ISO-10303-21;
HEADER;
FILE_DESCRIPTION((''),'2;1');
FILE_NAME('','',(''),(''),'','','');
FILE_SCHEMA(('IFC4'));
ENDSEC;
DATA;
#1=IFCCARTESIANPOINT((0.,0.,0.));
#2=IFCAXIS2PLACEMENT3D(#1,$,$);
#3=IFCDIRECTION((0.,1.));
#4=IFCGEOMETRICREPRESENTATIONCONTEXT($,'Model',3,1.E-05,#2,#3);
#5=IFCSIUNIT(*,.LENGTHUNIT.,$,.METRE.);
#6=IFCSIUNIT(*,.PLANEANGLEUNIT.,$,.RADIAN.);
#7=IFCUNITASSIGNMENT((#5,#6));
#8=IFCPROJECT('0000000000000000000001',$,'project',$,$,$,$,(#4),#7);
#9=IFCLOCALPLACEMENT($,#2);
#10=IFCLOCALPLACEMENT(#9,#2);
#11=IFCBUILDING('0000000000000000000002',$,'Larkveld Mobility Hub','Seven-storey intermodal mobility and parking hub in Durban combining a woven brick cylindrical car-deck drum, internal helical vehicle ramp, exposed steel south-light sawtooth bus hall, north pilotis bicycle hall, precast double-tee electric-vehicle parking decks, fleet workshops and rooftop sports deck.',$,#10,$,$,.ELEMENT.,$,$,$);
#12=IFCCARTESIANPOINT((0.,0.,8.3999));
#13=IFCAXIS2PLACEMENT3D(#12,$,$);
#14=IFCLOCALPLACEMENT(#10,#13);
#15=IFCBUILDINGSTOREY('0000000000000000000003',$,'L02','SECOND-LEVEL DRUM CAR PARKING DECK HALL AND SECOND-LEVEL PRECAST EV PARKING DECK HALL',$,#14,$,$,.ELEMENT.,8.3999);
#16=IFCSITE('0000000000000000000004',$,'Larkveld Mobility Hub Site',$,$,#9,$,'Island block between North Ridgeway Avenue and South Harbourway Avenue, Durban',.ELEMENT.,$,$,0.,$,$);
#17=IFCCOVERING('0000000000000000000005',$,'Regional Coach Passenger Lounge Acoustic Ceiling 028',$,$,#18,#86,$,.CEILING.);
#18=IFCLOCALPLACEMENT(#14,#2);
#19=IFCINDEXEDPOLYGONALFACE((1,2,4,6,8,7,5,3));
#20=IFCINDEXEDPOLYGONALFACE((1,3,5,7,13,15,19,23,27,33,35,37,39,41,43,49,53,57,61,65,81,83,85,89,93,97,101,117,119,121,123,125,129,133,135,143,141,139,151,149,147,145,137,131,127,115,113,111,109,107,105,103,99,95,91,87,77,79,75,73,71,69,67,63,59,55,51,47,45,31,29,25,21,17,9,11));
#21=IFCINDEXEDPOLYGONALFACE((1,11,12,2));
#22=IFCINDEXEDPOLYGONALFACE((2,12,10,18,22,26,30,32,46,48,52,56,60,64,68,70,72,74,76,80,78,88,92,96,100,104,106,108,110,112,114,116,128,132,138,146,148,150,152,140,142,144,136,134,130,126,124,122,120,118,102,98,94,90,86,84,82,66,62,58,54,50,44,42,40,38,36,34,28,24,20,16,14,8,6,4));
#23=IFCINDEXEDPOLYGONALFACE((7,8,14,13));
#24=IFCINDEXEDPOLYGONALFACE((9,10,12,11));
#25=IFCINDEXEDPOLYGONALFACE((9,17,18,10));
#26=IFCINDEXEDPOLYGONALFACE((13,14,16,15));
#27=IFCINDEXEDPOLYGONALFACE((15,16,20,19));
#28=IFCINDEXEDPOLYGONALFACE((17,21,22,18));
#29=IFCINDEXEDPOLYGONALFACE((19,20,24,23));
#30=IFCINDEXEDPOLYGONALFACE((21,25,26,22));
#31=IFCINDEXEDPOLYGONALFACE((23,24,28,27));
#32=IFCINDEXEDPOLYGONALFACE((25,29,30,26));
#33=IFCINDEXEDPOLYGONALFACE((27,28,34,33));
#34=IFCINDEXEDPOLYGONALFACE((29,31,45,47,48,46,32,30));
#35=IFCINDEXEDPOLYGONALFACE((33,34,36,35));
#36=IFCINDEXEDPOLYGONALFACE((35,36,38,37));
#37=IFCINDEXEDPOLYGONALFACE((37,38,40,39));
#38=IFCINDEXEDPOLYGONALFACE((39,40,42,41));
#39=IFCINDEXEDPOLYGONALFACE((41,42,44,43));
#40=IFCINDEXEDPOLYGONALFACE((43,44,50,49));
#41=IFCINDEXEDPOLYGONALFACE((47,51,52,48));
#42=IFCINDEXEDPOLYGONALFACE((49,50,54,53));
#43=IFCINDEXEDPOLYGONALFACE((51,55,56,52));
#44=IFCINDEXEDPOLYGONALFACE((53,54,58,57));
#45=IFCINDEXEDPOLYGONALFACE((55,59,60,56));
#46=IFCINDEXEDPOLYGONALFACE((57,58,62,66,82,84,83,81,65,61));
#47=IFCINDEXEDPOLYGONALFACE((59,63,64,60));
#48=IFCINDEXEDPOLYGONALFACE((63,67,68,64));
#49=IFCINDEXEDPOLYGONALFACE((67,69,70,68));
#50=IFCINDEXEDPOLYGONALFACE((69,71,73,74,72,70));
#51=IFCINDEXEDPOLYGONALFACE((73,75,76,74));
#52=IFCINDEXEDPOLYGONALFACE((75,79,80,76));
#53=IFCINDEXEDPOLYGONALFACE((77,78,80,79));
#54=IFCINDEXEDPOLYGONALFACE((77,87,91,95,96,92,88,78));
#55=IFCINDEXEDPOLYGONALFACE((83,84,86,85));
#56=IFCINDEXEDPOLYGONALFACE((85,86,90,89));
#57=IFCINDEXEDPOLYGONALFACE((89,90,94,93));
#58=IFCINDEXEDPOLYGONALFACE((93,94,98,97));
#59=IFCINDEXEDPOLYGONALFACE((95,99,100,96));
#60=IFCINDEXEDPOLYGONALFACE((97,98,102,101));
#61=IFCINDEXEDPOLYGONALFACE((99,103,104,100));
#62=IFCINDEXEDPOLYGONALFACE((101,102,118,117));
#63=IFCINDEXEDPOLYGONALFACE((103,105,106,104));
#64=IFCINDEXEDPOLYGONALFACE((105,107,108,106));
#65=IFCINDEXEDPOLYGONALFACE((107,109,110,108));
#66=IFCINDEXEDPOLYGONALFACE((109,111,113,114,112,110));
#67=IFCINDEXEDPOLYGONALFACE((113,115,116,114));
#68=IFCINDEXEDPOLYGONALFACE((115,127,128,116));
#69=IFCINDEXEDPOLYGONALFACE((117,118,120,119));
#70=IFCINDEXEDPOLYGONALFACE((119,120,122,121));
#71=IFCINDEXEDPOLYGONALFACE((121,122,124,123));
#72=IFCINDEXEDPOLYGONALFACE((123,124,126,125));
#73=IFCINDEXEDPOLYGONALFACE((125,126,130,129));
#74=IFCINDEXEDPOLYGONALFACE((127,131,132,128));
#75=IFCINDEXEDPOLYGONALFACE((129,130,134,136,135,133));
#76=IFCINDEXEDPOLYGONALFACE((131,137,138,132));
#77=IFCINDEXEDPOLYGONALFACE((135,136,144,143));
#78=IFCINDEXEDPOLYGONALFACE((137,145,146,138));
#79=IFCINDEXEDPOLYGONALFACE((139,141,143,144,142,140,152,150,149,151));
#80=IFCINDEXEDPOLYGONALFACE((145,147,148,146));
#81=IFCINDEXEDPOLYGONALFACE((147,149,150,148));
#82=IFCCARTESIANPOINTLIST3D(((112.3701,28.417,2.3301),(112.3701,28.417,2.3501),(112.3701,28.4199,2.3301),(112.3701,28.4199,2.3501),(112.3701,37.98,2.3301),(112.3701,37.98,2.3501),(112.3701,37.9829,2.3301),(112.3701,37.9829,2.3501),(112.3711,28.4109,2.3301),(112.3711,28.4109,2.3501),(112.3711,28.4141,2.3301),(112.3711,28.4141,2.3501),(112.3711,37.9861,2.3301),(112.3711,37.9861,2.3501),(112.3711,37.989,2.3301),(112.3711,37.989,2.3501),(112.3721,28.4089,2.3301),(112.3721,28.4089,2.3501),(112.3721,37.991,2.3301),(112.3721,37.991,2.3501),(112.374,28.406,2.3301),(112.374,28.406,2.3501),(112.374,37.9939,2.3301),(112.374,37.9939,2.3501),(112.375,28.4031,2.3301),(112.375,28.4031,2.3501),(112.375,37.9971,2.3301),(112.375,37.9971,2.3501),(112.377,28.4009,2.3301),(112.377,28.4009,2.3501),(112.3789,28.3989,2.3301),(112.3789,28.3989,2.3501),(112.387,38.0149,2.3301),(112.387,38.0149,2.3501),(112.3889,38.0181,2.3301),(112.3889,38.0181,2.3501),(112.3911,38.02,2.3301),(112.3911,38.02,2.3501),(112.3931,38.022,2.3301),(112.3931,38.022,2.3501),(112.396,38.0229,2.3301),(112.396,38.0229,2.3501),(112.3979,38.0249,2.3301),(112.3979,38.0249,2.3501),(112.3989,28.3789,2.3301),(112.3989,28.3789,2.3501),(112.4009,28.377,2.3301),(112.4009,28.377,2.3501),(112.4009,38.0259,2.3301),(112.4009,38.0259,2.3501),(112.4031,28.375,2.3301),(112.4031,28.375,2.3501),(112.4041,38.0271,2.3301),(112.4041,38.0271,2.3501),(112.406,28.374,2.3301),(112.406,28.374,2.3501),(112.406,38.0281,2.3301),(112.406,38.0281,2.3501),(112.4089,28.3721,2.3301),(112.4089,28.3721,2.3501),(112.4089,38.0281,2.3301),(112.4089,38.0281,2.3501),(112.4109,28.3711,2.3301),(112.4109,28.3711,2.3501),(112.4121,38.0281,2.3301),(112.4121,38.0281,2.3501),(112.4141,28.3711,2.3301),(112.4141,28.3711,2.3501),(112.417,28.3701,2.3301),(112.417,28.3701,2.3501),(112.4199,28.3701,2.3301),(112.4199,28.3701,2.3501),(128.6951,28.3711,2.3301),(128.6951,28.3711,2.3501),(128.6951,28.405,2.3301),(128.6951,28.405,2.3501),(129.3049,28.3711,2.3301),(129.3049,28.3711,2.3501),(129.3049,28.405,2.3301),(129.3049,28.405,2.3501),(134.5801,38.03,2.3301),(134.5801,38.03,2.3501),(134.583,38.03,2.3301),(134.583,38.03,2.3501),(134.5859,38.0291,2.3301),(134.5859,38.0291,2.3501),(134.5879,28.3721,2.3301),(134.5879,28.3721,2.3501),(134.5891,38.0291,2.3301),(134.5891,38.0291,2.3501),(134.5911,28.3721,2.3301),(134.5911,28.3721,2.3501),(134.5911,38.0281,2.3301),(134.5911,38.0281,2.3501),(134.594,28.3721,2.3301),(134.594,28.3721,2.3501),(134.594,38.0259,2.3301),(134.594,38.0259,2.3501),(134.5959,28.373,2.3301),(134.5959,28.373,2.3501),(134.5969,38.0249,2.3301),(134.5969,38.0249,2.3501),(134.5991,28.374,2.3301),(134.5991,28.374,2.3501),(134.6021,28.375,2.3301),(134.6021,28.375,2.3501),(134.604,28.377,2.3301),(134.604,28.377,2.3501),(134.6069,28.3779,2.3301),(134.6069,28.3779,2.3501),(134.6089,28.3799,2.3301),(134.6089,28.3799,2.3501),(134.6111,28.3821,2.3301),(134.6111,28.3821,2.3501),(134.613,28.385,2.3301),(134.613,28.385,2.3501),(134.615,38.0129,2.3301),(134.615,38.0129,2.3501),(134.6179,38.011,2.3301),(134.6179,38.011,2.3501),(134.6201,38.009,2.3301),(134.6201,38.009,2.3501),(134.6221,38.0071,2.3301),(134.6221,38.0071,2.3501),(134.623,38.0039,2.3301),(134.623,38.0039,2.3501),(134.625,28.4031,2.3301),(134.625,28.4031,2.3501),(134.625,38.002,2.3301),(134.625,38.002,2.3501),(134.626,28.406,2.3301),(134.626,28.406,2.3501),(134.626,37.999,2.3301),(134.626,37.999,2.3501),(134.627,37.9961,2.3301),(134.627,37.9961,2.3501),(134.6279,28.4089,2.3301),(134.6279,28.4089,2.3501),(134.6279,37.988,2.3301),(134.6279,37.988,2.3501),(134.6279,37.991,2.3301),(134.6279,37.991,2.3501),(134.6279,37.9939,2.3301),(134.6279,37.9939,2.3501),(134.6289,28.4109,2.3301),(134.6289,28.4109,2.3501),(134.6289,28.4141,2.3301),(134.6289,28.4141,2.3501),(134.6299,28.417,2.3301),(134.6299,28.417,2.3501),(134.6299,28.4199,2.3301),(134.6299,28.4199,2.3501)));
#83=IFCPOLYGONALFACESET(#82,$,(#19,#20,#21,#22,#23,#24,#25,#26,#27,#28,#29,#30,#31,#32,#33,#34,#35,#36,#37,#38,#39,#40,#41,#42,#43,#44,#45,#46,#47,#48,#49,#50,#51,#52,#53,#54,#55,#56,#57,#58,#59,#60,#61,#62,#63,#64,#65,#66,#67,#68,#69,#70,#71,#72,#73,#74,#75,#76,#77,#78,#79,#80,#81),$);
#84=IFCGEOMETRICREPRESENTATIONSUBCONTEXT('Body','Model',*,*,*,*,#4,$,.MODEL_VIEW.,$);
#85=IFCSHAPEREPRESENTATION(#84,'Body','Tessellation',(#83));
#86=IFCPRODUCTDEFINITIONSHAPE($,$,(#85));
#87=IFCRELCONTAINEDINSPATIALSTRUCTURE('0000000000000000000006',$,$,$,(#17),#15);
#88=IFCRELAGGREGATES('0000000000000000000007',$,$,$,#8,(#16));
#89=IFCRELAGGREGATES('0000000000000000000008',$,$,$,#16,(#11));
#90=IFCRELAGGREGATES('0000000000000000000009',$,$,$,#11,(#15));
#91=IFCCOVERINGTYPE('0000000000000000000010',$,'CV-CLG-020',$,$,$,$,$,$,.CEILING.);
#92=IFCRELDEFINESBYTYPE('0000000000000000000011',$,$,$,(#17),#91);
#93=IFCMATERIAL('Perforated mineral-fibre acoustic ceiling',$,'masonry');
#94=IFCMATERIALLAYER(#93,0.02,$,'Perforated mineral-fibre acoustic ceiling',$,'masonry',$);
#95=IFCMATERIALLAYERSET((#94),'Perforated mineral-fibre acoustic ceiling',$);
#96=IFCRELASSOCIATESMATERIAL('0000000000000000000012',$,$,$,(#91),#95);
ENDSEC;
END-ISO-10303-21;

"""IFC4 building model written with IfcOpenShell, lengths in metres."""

from ifc_helpers import new_model, si_unit, direction, frame, origin, place, context, subcontext, project, spatial, polyline, outline, extrude, material, layer, layer_set, type_object, element, save


model = new_model("IFC4")

# Units and contexts
model_context = context("Model", 3, precision=1e-05, world=origin(), true_north=direction((0.0, 1.0)))
body_context = subcontext(model_context, "Body", "Model", "MODEL_VIEW")
ifc_project = project(units=[si_unit("LENGTHUNIT", "METRE"), si_unit("PLANEANGLEUNIT", "RADIAN")], contexts=[model_context])

# Site, building, storey
site_placement = place(None, origin())
site = spatial("IfcSite", under=ifc_project, at=site_placement, Name="Larkveld Mobility Hub Site", LongName="Island block between North Ridgeway Avenue and South Harbourway Avenue, Durban", CompositionType="ELEMENT", RefElevation=0.0)
building_placement = place(site_placement, origin())
building = spatial("IfcBuilding", under=site, at=building_placement, Name="Larkveld Mobility Hub", Description="Seven-storey intermodal mobility and parking hub in Durban combining a woven brick cylindrical car-deck drum, internal helical vehicle ramp, exposed steel south-light sawtooth bus hall, north pilotis bicycle hall, precast double-tee electric-vehicle parking decks, fleet workshops and rooftop sports deck.", CompositionType="ELEMENT")
storey_placement = place(building_placement, frame((0.0, 0.0, 8.3999)))
storey = spatial("IfcBuildingStorey", under=building, at=storey_placement, Name="L02", Description="SECOND-LEVEL DRUM CAR PARKING DECK HALL AND SECOND-LEVEL PRECAST EV PARKING DECK HALL", CompositionType="ELEMENT", Elevation=8.3999)

# Covering
ifc_material_1 = material(Name="Perforated mineral-fibre acoustic ceiling", Category="masonry")
ifc_layer_1 = layer(ifc_material_1, 0.02, Name="Perforated mineral-fibre acoustic ceiling", Category="masonry")
ifc_layer_set_1 = layer_set([ifc_layer_1], Name="Perforated mineral-fibre acoustic ceiling")
covering_type_1 = type_object("IfcCoveringType", Name="CV-CLG-020", PredefinedType="CEILING", material=ifc_layer_set_1)
covering_1_placement = place(storey_placement, frame((0.0, 0.0, 2.3301)))
element("IfcCovering", 1, at=covering_1_placement, inside=storey, type_object=covering_type_1, Name="Regional Coach Passenger Lounge Acoustic Ceiling 028", PredefinedType="CEILING", context=body_context, shape_type="SweptSolid", body=[
    extrude(outline(polyline([(112.417, 28.3701), (112.4141, 28.3711), (112.4109, 28.3711), (112.4089, 28.3721), (112.406, 28.374), (112.4031, 28.375), (112.4009, 28.377), (112.3989, 28.3789), (112.3789, 28.3989), (112.377, 28.4009), (112.375, 28.4031), (112.374, 28.406), (112.3721, 28.4089), (112.3711, 28.4109), (112.3711, 28.4141), (112.3701, 28.417), (112.3701, 28.4199), (112.3701, 37.98), (112.3701, 37.9829), (112.3711, 37.9861), (112.3711, 37.989), (112.3721, 37.991), (112.374, 37.9939), (112.375, 37.9971), (112.387, 38.0149), (112.3889, 38.0181), (112.3911, 38.02), (112.3931, 38.022), (112.396, 38.0229), (112.3979, 38.0249), (112.4009, 38.0259), (112.4041, 38.0271), (112.406, 38.0281), (112.4089, 38.0281), (112.4121, 38.0281), (134.5801, 38.03), (134.583, 38.03), (134.5859, 38.0291), (134.5891, 38.0291), (134.5911, 38.0281), (134.594, 38.0259), (134.5969, 38.0249), (134.615, 38.0129), (134.6179, 38.011), (134.6201, 38.009), (134.6221, 38.0071), (134.623, 38.0039), (134.625, 38.002), (134.626, 37.999), (134.627, 37.9961), (134.6279, 37.9939), (134.6279, 37.991), (134.6279, 37.988), (134.6299, 28.4199), (134.6299, 28.417), (134.6289, 28.4141), (134.6289, 28.4109), (134.6279, 28.4089), (134.626, 28.406), (134.625, 28.4031), (134.613, 28.385), (134.6111, 28.3821), (134.6089, 28.3799), (134.6069, 28.3779), (134.604, 28.377), (134.6021, 28.375), (134.5991, 28.374), (134.5959, 28.373), (134.594, 28.3721), (134.5911, 28.3721), (134.5879, 28.3721), (129.3049, 28.3711), (129.3049, 28.405), (128.6951, 28.405), (128.6951, 28.3711), (112.4199, 28.3701), (112.417, 28.3701)])), origin(), (0.0, 0.0, 1.0), 0.02),
])

save(model, "model.ifc")
